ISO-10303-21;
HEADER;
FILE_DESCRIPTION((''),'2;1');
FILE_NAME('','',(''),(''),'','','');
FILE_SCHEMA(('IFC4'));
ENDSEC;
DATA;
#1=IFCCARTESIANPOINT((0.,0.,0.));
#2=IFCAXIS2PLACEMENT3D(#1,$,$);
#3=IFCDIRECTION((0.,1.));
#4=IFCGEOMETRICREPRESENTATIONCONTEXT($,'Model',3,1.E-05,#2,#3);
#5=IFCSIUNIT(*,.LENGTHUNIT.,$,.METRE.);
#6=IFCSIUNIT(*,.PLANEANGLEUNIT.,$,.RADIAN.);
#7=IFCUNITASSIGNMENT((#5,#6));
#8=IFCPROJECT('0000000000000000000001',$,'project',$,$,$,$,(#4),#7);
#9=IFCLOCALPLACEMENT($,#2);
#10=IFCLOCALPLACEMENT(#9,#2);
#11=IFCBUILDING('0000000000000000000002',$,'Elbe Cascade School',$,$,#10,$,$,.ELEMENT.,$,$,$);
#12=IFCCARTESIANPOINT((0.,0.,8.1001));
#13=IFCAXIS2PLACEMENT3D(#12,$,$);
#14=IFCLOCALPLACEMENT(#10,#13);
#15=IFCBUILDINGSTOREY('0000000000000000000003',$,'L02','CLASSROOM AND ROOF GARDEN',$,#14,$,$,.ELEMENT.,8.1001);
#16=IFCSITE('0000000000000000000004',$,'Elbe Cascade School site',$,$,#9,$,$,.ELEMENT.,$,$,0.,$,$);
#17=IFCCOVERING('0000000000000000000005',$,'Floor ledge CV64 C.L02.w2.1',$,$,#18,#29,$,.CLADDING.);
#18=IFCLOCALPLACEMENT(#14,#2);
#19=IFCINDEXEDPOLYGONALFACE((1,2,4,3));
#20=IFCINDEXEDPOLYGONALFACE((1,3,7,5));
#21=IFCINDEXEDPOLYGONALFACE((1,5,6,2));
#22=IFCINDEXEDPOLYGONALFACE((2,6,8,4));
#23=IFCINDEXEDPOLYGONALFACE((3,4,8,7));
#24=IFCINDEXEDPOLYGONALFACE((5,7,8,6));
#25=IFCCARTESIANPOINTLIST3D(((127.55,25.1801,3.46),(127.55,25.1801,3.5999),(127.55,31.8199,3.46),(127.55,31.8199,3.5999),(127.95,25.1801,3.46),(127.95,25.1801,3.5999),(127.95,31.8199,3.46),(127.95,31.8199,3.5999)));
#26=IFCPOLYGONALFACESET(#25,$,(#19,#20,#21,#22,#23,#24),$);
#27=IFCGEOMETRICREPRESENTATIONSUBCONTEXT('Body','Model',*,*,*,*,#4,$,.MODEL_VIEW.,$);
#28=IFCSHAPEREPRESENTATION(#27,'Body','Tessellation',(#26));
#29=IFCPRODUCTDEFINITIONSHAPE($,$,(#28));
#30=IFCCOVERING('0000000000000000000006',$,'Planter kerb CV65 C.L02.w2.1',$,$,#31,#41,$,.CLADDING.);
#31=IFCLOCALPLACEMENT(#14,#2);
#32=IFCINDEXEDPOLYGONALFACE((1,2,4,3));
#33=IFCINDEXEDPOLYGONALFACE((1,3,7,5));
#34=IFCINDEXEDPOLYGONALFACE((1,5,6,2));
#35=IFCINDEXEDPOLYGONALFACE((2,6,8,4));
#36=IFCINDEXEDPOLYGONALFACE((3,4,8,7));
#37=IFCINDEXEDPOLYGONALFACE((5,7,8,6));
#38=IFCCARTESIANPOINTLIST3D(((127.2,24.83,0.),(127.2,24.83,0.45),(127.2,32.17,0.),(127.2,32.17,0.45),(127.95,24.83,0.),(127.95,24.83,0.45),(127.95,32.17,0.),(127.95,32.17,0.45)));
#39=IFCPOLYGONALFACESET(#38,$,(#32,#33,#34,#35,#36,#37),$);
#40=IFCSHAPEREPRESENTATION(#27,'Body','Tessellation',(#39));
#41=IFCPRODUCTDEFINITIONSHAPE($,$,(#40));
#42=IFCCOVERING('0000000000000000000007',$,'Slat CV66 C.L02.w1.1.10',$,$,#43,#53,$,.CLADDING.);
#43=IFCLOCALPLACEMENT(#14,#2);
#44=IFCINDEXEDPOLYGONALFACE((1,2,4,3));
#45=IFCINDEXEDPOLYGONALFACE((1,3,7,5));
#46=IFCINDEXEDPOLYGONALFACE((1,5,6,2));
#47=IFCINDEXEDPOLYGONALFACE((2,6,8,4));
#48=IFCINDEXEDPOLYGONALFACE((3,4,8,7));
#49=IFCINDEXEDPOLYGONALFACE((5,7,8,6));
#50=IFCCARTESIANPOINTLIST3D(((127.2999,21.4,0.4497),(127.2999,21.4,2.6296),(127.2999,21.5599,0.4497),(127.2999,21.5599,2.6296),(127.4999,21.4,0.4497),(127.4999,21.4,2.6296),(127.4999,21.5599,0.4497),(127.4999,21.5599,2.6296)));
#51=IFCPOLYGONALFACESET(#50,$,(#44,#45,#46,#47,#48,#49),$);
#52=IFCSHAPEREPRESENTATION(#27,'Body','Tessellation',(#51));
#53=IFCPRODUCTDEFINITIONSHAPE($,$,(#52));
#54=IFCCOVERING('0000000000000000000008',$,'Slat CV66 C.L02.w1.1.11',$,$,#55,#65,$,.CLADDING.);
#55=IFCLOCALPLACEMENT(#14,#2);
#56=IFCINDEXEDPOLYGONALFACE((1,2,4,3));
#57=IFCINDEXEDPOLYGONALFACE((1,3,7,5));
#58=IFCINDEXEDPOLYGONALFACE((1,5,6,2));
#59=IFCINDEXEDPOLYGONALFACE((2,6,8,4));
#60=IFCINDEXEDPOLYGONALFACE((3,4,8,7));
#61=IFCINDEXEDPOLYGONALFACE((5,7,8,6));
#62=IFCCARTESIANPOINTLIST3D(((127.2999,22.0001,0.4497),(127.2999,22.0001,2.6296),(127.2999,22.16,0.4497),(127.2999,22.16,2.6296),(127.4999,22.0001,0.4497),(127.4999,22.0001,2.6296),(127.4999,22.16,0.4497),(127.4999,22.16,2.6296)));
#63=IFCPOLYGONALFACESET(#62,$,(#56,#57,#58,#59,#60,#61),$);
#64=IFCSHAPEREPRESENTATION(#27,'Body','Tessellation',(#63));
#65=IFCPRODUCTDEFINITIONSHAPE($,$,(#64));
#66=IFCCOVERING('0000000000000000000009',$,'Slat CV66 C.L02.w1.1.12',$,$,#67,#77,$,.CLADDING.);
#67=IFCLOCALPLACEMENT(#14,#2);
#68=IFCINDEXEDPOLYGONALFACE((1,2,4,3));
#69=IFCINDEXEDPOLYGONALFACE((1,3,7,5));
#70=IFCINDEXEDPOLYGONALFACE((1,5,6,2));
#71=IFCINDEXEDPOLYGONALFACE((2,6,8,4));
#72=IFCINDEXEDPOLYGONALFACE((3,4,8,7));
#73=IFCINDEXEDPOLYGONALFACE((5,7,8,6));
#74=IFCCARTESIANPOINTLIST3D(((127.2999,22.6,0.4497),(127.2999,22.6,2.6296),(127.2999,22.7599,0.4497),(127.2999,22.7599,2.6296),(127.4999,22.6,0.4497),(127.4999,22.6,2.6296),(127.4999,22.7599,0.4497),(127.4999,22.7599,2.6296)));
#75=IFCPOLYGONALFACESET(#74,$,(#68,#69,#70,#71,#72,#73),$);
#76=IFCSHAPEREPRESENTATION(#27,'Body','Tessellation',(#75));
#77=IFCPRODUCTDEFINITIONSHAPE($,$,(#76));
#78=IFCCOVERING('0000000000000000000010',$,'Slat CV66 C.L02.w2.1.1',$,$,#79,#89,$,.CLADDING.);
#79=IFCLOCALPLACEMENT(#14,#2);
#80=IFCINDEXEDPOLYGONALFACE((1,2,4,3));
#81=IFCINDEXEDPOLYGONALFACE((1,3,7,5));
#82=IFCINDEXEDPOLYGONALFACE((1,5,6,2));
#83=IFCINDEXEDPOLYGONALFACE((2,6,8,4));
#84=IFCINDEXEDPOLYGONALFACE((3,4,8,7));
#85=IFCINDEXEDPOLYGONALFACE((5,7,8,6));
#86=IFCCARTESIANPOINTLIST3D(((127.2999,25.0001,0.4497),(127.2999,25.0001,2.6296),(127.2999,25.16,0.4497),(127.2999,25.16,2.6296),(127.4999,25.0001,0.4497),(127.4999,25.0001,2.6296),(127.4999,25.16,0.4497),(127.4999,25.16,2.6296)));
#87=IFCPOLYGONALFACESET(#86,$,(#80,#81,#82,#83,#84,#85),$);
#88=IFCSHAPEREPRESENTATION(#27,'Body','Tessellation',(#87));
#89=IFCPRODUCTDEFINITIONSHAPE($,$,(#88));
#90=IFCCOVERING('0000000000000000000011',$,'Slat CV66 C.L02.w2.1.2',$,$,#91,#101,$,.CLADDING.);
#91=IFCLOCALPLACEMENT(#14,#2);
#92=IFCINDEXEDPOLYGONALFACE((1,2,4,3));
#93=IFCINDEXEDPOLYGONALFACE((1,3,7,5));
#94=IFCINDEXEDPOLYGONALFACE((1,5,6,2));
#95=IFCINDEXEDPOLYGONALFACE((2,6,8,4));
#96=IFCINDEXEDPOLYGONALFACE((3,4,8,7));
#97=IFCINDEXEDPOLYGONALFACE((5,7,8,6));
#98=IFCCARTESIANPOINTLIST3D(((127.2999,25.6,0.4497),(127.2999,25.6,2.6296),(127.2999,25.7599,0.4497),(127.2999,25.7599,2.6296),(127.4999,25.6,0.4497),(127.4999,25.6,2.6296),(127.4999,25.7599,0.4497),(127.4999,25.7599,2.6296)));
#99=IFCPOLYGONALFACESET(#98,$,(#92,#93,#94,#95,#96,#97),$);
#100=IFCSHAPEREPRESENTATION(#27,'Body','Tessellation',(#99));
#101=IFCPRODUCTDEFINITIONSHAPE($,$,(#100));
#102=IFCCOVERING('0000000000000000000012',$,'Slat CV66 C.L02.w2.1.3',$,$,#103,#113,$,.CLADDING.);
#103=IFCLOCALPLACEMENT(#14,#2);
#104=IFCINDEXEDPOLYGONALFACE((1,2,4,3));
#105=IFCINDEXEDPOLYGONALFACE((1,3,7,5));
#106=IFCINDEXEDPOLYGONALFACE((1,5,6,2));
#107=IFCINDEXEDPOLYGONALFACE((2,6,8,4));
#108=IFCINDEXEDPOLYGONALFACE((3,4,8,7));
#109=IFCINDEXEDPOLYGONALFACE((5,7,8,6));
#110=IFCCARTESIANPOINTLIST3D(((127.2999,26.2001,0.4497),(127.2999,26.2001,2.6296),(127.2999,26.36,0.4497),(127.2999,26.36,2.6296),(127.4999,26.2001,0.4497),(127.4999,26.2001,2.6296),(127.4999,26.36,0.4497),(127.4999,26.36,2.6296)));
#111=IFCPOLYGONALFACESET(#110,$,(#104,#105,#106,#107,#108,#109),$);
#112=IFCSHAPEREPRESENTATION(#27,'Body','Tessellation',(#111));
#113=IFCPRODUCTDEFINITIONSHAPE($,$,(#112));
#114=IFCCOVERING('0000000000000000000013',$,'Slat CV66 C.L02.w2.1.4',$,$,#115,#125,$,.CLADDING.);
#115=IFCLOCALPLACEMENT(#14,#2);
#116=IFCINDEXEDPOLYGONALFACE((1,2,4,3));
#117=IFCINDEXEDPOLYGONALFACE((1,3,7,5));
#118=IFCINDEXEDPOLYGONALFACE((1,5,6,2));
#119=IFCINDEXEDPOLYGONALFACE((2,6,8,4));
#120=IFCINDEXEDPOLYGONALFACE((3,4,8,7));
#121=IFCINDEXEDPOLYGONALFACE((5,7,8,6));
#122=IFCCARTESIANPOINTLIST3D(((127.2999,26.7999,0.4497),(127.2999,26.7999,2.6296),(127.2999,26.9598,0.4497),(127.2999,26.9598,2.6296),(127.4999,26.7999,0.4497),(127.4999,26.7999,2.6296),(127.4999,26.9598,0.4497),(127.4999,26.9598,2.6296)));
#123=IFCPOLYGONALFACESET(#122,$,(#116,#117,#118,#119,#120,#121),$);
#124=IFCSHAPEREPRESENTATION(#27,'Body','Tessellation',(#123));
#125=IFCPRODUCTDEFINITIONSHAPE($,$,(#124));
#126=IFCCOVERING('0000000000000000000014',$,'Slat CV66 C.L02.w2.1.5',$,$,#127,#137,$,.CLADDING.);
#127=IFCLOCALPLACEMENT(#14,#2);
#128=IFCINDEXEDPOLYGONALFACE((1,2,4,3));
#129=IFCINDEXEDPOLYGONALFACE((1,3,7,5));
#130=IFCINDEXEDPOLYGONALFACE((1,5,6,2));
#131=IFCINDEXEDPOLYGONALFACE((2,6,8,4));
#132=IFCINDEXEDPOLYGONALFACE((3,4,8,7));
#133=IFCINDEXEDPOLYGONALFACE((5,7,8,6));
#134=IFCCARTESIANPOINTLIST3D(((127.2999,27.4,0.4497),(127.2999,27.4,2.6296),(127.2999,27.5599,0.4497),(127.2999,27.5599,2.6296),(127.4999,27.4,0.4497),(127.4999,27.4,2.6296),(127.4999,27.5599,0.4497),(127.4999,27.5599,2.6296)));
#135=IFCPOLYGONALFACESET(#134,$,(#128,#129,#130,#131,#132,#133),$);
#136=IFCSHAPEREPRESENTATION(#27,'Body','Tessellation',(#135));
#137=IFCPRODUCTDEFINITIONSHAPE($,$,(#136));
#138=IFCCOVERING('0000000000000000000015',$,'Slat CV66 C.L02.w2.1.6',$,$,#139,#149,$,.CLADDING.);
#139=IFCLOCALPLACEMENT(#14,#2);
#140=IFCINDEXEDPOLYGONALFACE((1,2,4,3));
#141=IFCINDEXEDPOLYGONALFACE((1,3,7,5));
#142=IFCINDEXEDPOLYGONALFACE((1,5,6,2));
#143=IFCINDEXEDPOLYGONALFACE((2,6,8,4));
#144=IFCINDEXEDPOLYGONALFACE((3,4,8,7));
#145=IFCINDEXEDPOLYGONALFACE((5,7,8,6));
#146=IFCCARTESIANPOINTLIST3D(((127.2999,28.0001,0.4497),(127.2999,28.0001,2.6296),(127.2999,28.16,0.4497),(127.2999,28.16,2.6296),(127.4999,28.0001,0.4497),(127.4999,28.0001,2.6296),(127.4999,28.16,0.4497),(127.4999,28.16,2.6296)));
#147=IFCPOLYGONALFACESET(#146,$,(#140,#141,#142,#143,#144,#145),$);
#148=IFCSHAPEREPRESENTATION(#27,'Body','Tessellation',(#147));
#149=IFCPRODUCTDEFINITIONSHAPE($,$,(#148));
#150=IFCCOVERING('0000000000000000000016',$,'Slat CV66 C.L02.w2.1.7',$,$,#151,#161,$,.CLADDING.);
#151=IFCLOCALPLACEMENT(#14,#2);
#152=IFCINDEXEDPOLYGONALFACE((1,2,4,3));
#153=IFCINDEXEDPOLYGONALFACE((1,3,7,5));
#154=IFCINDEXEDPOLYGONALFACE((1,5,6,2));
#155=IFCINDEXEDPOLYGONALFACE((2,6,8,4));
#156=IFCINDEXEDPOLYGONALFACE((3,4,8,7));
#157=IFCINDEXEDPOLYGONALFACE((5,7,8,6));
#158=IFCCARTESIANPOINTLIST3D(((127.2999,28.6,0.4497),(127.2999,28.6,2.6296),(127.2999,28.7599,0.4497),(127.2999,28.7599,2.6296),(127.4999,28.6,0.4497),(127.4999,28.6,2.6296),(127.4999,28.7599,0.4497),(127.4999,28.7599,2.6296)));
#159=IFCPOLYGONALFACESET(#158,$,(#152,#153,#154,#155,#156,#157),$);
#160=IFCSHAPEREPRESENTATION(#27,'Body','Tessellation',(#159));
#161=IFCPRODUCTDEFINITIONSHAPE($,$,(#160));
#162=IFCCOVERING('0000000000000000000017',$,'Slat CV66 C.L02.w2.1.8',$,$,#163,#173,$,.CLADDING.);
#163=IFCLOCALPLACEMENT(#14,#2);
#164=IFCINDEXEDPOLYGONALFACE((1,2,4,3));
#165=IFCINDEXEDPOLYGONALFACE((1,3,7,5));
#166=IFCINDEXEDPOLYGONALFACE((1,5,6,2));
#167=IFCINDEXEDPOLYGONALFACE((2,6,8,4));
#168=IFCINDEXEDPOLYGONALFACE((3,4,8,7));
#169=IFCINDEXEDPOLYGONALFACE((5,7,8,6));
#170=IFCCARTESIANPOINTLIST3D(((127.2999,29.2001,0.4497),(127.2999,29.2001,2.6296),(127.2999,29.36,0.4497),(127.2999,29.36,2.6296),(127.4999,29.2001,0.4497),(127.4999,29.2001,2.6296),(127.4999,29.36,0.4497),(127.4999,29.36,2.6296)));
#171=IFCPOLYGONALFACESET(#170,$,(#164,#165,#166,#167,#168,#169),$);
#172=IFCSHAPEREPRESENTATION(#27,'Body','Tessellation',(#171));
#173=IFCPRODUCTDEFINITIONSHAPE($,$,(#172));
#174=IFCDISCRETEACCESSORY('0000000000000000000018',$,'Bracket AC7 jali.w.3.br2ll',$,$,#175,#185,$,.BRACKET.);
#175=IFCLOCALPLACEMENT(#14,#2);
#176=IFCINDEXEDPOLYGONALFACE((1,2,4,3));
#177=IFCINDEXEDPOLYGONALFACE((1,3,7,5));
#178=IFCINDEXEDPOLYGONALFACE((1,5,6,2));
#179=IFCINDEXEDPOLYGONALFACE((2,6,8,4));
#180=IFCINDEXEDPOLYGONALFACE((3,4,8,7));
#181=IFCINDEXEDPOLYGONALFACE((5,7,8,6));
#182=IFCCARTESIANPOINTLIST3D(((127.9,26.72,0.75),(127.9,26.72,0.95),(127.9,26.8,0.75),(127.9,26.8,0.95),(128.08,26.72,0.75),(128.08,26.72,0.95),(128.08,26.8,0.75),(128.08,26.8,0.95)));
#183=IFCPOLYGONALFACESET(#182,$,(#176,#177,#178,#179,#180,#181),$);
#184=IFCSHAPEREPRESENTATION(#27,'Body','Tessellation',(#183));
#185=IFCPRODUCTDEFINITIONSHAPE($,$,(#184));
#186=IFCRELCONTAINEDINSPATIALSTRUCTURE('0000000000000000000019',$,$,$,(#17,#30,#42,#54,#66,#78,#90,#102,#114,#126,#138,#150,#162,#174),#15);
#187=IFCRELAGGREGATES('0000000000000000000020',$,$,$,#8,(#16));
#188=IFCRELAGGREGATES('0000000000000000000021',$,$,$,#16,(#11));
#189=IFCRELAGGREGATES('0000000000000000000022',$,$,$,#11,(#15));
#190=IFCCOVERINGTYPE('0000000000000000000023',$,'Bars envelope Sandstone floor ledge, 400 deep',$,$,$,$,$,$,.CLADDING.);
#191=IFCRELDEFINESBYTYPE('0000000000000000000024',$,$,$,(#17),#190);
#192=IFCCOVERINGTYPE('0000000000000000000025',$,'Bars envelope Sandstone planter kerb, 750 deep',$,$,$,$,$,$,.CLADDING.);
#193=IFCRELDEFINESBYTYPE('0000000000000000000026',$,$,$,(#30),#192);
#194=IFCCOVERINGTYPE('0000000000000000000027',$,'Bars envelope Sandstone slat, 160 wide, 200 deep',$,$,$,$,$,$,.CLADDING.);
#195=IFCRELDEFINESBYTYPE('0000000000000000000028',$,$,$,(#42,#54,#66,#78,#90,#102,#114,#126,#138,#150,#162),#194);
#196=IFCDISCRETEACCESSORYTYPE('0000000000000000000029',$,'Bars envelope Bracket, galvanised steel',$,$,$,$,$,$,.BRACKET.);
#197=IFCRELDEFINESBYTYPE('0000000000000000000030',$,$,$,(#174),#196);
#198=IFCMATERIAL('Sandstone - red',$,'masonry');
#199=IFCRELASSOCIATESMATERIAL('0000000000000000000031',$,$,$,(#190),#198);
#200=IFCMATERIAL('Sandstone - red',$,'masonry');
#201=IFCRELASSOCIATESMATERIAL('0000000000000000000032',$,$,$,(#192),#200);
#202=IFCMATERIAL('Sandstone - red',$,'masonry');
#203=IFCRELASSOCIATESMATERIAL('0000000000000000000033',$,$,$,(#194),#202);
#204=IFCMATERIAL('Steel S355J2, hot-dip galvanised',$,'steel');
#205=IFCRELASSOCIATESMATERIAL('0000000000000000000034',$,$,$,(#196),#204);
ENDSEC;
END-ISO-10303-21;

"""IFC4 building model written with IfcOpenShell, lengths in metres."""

from ifc_helpers import new_model, si_unit, direction, frame, origin, origin_2d, place, context, subcontext, project, spatial, rectangle, extrude, material, type_object, element, save


model = new_model("IFC4")

# Units and contexts
model_context = context("Model", 3, precision=1e-05, world=origin(), true_north=direction((0.0, 1.0)))
body_context = subcontext(model_context, "Body", "Model", "MODEL_VIEW")
ifc_project = project(units=[si_unit("LENGTHUNIT", "METRE"), si_unit("PLANEANGLEUNIT", "RADIAN")], contexts=[model_context])

# Site, building, storey
site_placement = place(None, origin())
site = spatial("IfcSite", under=ifc_project, at=site_placement, Name="Elbe Cascade School site", CompositionType="ELEMENT", RefElevation=0.0)
building_placement = place(site_placement, origin())
building = spatial("IfcBuilding", under=site, at=building_placement, Name="Elbe Cascade School", CompositionType="ELEMENT")
storey_placement = place(building_placement, frame((0.0, 0.0, 8.1001)))
storey = spatial("IfcBuildingStorey", under=building, at=storey_placement, Name="L02", Description="CLASSROOM AND ROOF GARDEN", CompositionType="ELEMENT", Elevation=8.1001)

# Coverings
ifc_material_1 = material(Name="Sandstone - red", Category="masonry")
covering_type_1 = type_object("IfcCoveringType", Name="Bars envelope Sandstone floor ledge, 400 deep", PredefinedType="CLADDING", material=ifc_material_1)
covering_1_placement = place(storey_placement, frame((127.75, 28.5, 3.46), z_axis=(0.0, 0.0, 1.0), x_axis=(0.0, 1.0, 0.0)))
element("IfcCovering", 1, at=covering_1_placement, inside=storey, type_object=covering_type_1, Name="Floor ledge CV64 C.L02.w2.1", PredefinedType="CLADDING", context=body_context, shape_type="SweptSolid", body=[
    extrude(rectangle(XDim=6.6399, YDim=0.3999, at=origin_2d()), origin(), (0.0, 0.0, 1.0), 0.1399),
])
ifc_material_2 = material(Name="Sandstone - red", Category="masonry")
covering_type_2 = type_object("IfcCoveringType", Name="Bars envelope Sandstone planter kerb, 750 deep", PredefinedType="CLADDING", material=ifc_material_2)
covering_2_placement = place(storey_placement, frame((127.575, 28.5, 0.0), z_axis=(0.0, 0.0, 1.0), x_axis=(0.0, 1.0, 0.0)))
element("IfcCovering", 2, at=covering_2_placement, inside=storey, type_object=covering_type_2, Name="Planter kerb CV65 C.L02.w2.1", PredefinedType="CLADDING", context=body_context, shape_type="SweptSolid", body=[
    extrude(rectangle(XDim=7.3401, YDim=0.75, at=origin_2d()), origin(), (0.0, 0.0, 1.0), 0.45),
])
ifc_material_3 = material(Name="Sandstone - red", Category="masonry")
covering_type_3 = type_object("IfcCoveringType", Name="Bars envelope Sandstone slat, 160 wide, 200 deep", PredefinedType="CLADDING", material=ifc_material_3)
for number, where, z_axis, x_axis, name in (
    (3, (127.3999, 21.48, 0.4497), (0.0, 0.0, 1.0), (0.0, 1.0, 0.0), "Slat CV66 C.L02.w1.1.10"),
    (4, (127.3999, 22.0801, 0.4497), (0.0, 0.0, 1.0), (0.0, 1.0, 0.0), "Slat CV66 C.L02.w1.1.11"),
    (5, (127.3999, 22.6799, 0.4497), (0.0, 0.0, 1.0), (0.0, 1.0, 0.0), "Slat CV66 C.L02.w1.1.12"),
    (6, (127.3999, 25.0801, 0.4497), (0.0, 0.0, 1.0), (0.0, 1.0, 0.0), "Slat CV66 C.L02.w2.1.1"),
    (7, (127.3999, 25.6799, 0.4497), (0.0, 0.0, 1.0), (0.0, 1.0, 0.0), "Slat CV66 C.L02.w2.1.2"),
    (8, (127.3999, 26.28, 0.4497), (0.0, 0.0, 1.0), (0.0, 1.0, 0.0), "Slat CV66 C.L02.w2.1.3"),
    (9, (127.3999, 26.8799, 0.4497), (0.0, 0.0, 1.0), (0.0, 1.0, 0.0), "Slat CV66 C.L02.w2.1.4"),
    (10, (127.3999, 27.48, 0.4497), (0.0, 0.0, 1.0), (0.0, 1.0, 0.0), "Slat CV66 C.L02.w2.1.5"),
    (11, (127.3999, 28.0801, 0.4497), (0.0, 0.0, 1.0), (0.0, 1.0, 0.0), "Slat CV66 C.L02.w2.1.6"),
    (12, (127.3999, 28.6799, 0.4497), (0.0, 0.0, 1.0), (0.0, 1.0, 0.0), "Slat CV66 C.L02.w2.1.7"),
    (13, (127.3999, 29.28, 0.4497), (0.0, 0.0, 1.0), (0.0, 1.0, 0.0), "Slat CV66 C.L02.w2.1.8"),
):
    element("IfcCovering", number, at=place(storey_placement, frame(where, z_axis=z_axis, x_axis=x_axis)), inside=storey, type_object=covering_type_3, Name=name, PredefinedType="CLADDING", context=body_context, shape_type="SweptSolid", body=[
        extrude(rectangle(XDim=0.1599, YDim=0.2, at=origin_2d()), origin(), (0.0, 0.0, 1.0), 2.1799),
    ])

# Discrete accessory
ifc_material_4 = material(Name="Steel S355J2, hot-dip galvanised", Category="steel")
discrete_accessory_type = type_object("IfcDiscreteAccessoryType", Name="Bars envelope Bracket, galvanised steel", PredefinedType="BRACKET", material=ifc_material_4)
discrete_accessory_placement = place(storey_placement, frame((127.99, 26.76, 0.75), z_axis=(0.0, 0.0, 1.0), x_axis=(0.0, 1.0, 0.0)))
element("IfcDiscreteAccessory", 14, at=discrete_accessory_placement, inside=storey, type_object=discrete_accessory_type, Name="Bracket AC7 jali.w.3.br2ll", PredefinedType="BRACKET", context=body_context, shape_type="SweptSolid", body=[
    extrude(rectangle(XDim=0.0801, YDim=0.1799, at=origin_2d()), origin(), (0.0, 0.0, 1.0), 0.2),
])

save(model, "model.ifc")
